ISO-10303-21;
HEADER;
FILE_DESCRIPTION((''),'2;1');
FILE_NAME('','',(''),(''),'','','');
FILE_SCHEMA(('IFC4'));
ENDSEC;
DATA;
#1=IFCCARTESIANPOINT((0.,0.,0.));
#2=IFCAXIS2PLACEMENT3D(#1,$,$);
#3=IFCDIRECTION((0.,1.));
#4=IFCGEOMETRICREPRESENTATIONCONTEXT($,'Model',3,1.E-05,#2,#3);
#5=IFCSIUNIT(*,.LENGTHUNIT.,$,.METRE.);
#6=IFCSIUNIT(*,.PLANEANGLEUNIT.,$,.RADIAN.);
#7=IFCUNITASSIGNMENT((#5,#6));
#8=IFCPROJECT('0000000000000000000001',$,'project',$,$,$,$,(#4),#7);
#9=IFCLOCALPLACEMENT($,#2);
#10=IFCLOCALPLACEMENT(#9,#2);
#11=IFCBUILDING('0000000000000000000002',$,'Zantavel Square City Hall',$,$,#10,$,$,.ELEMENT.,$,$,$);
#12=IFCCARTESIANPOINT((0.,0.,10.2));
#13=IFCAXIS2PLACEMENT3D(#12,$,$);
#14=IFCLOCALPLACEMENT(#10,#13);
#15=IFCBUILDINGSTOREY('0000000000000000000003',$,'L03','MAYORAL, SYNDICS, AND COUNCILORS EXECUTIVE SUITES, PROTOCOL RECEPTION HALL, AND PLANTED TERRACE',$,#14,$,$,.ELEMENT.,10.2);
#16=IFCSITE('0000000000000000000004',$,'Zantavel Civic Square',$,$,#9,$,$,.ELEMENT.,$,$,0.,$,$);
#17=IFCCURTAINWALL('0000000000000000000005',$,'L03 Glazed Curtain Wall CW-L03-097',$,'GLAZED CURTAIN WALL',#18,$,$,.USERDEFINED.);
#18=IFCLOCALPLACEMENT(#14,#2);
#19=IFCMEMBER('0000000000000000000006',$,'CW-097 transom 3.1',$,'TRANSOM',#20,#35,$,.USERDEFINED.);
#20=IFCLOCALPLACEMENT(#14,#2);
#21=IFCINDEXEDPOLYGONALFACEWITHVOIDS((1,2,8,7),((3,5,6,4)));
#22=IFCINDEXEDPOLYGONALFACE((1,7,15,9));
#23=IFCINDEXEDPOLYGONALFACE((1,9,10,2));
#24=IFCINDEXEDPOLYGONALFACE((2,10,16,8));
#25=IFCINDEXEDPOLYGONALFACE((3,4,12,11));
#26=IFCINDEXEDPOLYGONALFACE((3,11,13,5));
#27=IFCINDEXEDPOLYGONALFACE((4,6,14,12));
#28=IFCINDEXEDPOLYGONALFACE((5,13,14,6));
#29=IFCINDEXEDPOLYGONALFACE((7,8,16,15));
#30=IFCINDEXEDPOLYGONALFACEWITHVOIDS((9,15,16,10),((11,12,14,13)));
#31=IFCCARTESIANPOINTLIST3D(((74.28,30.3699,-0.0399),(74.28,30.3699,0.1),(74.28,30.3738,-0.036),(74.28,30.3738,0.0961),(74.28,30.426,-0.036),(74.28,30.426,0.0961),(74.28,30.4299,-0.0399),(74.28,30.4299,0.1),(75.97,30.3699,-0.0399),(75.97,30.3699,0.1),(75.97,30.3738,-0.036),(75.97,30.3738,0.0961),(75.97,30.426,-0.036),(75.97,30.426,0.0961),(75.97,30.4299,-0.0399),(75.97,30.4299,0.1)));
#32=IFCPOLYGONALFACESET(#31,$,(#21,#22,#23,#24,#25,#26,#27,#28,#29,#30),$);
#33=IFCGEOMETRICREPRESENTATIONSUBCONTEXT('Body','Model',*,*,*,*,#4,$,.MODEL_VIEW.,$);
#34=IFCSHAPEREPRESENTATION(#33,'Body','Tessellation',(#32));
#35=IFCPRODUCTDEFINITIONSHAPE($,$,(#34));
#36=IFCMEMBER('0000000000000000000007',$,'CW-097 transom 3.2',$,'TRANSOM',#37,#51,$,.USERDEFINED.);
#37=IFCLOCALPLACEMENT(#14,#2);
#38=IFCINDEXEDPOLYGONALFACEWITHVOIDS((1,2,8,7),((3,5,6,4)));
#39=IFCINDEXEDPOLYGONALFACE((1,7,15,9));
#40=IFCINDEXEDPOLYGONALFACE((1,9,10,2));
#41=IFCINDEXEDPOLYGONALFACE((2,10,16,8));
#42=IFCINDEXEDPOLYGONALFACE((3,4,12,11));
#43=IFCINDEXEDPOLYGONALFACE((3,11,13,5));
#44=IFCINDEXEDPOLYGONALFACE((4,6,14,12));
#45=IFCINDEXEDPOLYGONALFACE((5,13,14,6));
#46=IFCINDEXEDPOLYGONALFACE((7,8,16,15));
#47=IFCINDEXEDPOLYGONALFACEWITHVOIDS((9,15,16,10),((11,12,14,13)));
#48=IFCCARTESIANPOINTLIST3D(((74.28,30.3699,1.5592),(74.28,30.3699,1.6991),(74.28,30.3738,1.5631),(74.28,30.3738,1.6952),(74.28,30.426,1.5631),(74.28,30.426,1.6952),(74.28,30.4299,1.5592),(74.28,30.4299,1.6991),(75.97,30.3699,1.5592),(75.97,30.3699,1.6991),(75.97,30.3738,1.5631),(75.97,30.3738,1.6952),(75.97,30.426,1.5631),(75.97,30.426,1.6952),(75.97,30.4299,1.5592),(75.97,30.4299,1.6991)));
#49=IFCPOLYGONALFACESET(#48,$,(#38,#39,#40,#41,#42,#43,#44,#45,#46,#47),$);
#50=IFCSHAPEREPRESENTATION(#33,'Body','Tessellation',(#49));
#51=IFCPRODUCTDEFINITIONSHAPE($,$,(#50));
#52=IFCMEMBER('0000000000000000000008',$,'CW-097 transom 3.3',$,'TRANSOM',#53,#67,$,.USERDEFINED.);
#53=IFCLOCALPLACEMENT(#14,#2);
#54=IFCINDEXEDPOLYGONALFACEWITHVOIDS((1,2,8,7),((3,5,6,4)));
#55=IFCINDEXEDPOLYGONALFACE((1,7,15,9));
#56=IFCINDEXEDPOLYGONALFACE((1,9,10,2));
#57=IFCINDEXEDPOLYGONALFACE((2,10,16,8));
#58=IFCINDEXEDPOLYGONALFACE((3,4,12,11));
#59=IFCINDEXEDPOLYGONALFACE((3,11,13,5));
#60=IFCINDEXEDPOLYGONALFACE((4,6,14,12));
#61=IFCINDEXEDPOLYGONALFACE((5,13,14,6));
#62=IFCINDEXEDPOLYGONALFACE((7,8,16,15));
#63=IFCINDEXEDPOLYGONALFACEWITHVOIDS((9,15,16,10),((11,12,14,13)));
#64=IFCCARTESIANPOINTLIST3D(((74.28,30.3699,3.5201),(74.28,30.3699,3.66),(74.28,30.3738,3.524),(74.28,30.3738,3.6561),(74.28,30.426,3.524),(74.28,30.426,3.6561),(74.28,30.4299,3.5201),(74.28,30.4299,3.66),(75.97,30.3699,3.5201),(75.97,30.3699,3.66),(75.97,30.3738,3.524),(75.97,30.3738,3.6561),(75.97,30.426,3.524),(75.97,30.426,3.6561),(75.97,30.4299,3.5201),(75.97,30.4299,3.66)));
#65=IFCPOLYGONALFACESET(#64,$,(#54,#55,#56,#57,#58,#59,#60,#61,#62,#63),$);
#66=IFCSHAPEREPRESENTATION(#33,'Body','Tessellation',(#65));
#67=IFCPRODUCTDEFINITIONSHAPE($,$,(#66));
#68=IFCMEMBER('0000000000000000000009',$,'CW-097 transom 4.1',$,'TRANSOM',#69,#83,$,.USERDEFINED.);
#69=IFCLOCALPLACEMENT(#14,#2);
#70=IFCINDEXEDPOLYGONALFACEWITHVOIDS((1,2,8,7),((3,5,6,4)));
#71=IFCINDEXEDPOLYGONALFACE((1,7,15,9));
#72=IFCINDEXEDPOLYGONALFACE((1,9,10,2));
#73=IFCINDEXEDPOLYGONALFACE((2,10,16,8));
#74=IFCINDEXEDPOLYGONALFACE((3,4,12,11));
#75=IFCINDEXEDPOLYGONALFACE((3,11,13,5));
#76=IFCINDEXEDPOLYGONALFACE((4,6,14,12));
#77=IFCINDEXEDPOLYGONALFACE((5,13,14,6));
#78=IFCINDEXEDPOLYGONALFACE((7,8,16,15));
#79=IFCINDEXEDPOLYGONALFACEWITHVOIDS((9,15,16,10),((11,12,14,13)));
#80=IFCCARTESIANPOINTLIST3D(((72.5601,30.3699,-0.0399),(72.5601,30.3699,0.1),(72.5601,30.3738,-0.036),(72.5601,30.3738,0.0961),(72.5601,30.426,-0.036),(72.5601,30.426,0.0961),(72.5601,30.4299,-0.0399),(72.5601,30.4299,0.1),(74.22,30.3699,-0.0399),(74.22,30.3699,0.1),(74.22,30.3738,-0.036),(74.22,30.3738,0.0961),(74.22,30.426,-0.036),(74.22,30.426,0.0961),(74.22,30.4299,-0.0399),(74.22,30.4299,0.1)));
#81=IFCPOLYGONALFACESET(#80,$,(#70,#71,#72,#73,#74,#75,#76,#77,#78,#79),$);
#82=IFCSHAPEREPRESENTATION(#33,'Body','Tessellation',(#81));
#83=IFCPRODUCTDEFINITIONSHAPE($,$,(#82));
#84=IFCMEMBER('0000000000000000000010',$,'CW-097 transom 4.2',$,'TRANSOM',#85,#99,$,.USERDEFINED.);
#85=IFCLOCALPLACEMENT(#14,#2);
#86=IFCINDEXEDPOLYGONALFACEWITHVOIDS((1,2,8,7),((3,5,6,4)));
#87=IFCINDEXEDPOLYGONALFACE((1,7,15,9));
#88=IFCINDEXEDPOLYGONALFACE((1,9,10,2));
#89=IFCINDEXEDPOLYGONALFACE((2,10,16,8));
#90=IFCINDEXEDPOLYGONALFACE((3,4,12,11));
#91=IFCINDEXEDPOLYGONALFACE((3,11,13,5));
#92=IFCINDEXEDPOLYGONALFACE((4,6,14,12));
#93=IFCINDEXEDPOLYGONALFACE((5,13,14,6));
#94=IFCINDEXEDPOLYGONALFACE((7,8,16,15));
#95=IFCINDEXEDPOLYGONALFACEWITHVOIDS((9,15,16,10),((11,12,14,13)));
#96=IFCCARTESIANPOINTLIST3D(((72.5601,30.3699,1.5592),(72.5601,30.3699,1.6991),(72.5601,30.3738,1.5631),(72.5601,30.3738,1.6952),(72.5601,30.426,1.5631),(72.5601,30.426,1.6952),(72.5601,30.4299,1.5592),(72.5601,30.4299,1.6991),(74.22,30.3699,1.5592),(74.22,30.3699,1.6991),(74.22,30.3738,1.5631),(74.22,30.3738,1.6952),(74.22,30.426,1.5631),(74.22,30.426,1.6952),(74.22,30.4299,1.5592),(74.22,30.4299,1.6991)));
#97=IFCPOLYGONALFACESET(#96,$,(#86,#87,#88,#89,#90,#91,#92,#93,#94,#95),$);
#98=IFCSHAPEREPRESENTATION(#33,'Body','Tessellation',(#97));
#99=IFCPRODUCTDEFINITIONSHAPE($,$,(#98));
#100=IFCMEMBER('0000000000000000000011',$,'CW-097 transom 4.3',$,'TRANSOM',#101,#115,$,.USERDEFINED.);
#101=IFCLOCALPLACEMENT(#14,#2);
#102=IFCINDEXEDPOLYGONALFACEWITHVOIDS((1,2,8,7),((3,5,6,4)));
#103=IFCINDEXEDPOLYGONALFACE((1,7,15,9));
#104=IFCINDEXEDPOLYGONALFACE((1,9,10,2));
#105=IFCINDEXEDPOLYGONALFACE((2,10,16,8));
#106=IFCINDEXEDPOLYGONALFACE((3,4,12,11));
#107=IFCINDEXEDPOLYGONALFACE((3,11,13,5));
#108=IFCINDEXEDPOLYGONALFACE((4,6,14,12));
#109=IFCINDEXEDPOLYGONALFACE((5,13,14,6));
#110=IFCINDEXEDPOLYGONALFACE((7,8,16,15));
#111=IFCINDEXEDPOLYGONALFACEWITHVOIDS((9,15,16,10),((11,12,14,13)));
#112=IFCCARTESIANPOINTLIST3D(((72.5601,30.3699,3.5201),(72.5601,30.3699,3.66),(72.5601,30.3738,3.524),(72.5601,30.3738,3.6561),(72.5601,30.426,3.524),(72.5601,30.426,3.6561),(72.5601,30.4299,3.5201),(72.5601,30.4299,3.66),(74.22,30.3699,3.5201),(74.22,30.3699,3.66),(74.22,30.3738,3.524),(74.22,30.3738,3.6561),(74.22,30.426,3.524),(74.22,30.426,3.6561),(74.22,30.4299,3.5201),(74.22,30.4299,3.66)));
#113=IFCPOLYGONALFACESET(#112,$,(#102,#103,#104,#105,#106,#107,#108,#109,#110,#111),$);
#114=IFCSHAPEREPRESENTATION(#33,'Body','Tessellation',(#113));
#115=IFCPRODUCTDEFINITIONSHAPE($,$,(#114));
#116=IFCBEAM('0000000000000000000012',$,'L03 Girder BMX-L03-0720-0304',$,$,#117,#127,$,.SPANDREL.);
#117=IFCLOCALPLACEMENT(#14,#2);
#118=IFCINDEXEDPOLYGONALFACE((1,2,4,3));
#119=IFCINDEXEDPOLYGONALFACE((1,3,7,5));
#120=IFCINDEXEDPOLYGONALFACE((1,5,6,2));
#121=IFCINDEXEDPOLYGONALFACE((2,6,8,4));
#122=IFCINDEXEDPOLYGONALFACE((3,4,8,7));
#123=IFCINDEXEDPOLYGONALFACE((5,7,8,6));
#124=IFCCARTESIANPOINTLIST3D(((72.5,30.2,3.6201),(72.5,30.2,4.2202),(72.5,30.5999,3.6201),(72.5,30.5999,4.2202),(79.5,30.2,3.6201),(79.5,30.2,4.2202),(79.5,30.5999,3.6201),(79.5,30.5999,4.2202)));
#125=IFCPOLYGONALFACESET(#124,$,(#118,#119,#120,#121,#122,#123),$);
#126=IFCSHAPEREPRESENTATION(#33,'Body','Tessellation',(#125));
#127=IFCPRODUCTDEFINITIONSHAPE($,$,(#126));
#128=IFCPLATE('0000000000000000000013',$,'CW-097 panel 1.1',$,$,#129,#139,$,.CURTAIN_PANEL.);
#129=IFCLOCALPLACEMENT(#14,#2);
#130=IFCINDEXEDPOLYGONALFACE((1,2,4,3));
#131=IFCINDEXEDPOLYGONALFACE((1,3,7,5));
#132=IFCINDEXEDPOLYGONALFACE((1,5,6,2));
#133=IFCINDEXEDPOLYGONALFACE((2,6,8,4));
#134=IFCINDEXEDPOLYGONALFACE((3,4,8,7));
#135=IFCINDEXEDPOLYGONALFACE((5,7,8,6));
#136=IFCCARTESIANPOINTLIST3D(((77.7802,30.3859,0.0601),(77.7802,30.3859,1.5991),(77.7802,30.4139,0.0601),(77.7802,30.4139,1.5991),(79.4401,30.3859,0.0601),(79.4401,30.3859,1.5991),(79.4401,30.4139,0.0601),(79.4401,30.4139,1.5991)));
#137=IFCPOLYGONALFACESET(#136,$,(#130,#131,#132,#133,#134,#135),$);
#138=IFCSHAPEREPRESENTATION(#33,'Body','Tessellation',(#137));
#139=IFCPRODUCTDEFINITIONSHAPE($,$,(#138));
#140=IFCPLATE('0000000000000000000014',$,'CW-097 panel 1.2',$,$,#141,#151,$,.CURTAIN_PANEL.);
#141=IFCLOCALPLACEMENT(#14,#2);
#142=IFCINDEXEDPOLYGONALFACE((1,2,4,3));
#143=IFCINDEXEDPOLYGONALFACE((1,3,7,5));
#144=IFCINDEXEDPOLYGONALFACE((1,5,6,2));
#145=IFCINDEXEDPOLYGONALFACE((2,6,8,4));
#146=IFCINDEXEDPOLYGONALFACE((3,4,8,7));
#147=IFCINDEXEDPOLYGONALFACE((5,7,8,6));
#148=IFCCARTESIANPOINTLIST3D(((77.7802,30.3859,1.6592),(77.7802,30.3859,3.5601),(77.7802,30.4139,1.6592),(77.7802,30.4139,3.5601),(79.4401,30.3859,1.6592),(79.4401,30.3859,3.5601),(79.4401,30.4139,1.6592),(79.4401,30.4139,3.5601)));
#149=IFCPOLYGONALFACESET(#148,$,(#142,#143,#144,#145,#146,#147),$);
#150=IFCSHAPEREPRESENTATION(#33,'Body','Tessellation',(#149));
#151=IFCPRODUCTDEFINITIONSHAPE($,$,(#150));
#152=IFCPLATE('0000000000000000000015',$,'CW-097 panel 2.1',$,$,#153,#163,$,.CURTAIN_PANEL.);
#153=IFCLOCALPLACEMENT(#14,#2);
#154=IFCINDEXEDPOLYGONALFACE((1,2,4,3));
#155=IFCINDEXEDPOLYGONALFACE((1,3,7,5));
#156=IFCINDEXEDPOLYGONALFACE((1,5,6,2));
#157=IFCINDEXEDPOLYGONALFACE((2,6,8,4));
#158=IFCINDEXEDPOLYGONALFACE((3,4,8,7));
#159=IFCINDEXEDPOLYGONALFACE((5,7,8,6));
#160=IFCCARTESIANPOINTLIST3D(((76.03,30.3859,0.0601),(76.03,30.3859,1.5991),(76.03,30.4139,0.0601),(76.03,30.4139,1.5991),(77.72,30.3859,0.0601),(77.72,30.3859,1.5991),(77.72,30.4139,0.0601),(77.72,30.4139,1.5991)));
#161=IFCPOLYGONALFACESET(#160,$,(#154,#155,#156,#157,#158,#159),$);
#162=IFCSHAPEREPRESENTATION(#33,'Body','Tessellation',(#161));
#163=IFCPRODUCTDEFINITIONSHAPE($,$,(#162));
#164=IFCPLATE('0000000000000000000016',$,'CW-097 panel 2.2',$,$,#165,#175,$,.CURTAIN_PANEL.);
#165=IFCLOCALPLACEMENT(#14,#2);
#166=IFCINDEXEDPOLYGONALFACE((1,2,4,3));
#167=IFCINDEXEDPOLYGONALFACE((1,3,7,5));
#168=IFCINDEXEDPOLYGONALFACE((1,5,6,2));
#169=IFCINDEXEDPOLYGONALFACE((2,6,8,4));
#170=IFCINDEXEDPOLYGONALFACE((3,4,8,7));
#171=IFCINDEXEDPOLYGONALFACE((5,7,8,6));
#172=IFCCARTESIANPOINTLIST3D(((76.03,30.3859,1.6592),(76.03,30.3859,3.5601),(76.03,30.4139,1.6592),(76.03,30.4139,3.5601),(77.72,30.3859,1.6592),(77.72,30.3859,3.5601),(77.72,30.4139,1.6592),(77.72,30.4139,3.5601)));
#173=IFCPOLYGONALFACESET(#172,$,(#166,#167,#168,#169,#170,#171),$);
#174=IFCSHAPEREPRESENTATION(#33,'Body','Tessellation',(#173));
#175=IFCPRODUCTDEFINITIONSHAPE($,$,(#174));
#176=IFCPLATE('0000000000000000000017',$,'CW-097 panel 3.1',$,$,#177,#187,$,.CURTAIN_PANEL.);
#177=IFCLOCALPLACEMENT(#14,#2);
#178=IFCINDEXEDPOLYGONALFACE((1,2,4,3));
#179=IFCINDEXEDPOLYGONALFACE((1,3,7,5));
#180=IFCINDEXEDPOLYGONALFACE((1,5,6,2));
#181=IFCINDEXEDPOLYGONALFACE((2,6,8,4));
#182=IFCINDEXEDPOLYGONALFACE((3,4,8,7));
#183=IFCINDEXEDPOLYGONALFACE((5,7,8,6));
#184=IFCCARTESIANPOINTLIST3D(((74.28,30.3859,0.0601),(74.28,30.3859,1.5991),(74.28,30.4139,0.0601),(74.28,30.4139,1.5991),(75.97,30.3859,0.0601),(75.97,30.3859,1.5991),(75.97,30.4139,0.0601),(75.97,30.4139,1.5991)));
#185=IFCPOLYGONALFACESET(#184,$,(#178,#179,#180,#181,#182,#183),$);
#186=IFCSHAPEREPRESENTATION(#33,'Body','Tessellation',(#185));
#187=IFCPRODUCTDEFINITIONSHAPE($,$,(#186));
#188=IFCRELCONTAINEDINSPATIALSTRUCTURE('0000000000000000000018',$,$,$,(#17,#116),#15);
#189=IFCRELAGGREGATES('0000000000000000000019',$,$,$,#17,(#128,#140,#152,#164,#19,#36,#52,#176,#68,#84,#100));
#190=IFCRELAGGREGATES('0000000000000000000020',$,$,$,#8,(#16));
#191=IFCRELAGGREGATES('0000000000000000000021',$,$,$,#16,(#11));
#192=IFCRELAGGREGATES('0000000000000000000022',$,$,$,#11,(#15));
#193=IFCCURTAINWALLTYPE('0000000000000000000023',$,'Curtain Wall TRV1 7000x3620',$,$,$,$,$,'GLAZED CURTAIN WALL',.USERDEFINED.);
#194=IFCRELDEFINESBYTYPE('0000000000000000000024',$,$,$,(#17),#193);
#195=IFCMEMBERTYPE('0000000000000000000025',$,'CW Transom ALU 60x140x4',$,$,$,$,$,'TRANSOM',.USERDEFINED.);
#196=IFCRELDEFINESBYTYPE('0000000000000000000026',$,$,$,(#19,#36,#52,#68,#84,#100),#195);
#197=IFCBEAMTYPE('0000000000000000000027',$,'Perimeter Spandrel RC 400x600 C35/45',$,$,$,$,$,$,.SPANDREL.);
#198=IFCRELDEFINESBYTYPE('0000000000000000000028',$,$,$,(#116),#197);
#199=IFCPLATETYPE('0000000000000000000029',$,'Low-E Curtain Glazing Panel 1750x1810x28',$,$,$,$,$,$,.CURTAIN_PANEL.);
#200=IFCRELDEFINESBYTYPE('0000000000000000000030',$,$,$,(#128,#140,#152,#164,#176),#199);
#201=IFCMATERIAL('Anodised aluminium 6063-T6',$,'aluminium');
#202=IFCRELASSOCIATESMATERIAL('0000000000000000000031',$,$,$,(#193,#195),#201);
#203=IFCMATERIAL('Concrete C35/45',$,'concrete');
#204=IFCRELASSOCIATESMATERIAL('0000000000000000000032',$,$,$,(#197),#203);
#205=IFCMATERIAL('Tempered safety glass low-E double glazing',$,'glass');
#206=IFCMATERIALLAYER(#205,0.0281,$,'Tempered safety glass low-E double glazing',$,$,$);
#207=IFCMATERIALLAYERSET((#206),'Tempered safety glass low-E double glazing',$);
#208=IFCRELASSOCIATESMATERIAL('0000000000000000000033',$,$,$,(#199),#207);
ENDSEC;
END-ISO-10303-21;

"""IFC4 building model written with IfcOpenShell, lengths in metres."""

from ifc_helpers import new_model, si_unit, direction, frame, origin, origin_2d, place, context, subcontext, project, spatial, rectangle, hollow_rectangle, extrude, material, layer, layer_set, material_profile, profile_set, type_object, element, aggregate, save


model = new_model("IFC4")

# Units and contexts
model_context = context("Model", 3, precision=1e-05, world=origin(), true_north=direction((0.0, 1.0)))
body_context = subcontext(model_context, "Body", "Model", "MODEL_VIEW")
ifc_project = project(units=[si_unit("LENGTHUNIT", "METRE"), si_unit("PLANEANGLEUNIT", "RADIAN")], contexts=[model_context])

# Site, building, storey
site_placement = place(None, origin())
site = spatial("IfcSite", under=ifc_project, at=site_placement, Name="Zantavel Civic Square", CompositionType="ELEMENT", RefElevation=0.0)
building_placement = place(site_placement, origin())
building = spatial("IfcBuilding", under=site, at=building_placement, Name="Zantavel Square City Hall", CompositionType="ELEMENT")
storey_placement = place(building_placement, frame((0.0, 0.0, 10.2)))
storey = spatial("IfcBuildingStorey", under=building, at=storey_placement, Name="L03", Description="MAYORAL, SYNDICS, AND COUNCILORS EXECUTIVE SUITES, PROTOCOL RECEPTION HALL, AND PLANTED TERRACE", CompositionType="ELEMENT", Elevation=10.2)

# Curtain wall, members
ifc_material_1 = material(Name="Anodised aluminium 6063-T6", Category="aluminium")
curtain_wall_type = type_object("IfcCurtainWallType", Name="Curtain Wall TRV1 7000x3620", ElementType="GLAZED CURTAIN WALL", PredefinedType="USERDEFINED", material=ifc_material_1)
curtain_wall_placement = place(storey_placement, origin())
curtain_wall = element("IfcCurtainWall", 1, at=curtain_wall_placement, inside=storey, type_object=curtain_wall_type, Name="L03 Glazed Curtain Wall CW-L03-097", ObjectType="GLAZED CURTAIN WALL", PredefinedType="USERDEFINED")
ifc_material_profile_1 = material_profile(ifc_material_1, hollow_rectangle(XDim=0.0601, YDim=0.1399, WallThickness=0.0039, at=origin_2d()), Name="ALU 60x140x4")
ifc_profile_set_1 = profile_set([ifc_material_profile_1], Name="Anodised aluminium 6063-T6")
member_type_1 = type_object("IfcMemberType", Name="CW Transom ALU 60x140x4", ElementType="TRANSOM", PredefinedType="USERDEFINED", material=ifc_profile_set_1)
member_1_placement = place(storey_placement, frame((75.97, 30.3999, 0.03), z_axis=(-1.0, 0.0, 0.0), x_axis=(0.0, -1.0, 0.0)))
member_1 = element("IfcMember", 2, at=member_1_placement, type_object=member_type_1, Name="CW-097 transom 3.1", ObjectType="TRANSOM", PredefinedType="USERDEFINED", context=body_context, shape_type="SweptSolid", body=[
    extrude(hollow_rectangle(XDim=0.0601, YDim=0.1399, WallThickness=0.0039, at=origin_2d()), origin(), (0.0, 0.0, 1.0), 1.6899),
])
member_2_placement = place(storey_placement, frame((75.97, 30.3999, 1.6292), z_axis=(-1.0, 0.0, 0.0), x_axis=(0.0, -1.0, 0.0)))
member_2 = element("IfcMember", 3, at=member_2_placement, type_object=member_type_1, Name="CW-097 transom 3.2", ObjectType="TRANSOM", PredefinedType="USERDEFINED", context=body_context, shape_type="SweptSolid", body=[
    extrude(hollow_rectangle(XDim=0.0601, YDim=0.1399, WallThickness=0.0039, at=origin_2d()), origin(), (0.0, 0.0, 1.0), 1.6899),
])
member_3_placement = place(storey_placement, frame((75.97, 30.3999, 3.5901), z_axis=(-1.0, 0.0, 0.0), x_axis=(0.0, -1.0, 0.0)))
member_3 = element("IfcMember", 4, at=member_3_placement, type_object=member_type_1, Name="CW-097 transom 3.3", ObjectType="TRANSOM", PredefinedType="USERDEFINED", context=body_context, shape_type="SweptSolid", body=[
    extrude(hollow_rectangle(XDim=0.0601, YDim=0.1399, WallThickness=0.0039, at=origin_2d()), origin(), (0.0, 0.0, 1.0), 1.6899),
])
member_4_placement = place(storey_placement, frame((74.22, 30.3999, 0.03), z_axis=(-1.0, 0.0, 0.0), x_axis=(0.0, -1.0, 0.0)))
member_4 = element("IfcMember", 5, at=member_4_placement, type_object=member_type_1, Name="CW-097 transom 4.1", ObjectType="TRANSOM", PredefinedType="USERDEFINED", context=body_context, shape_type="SweptSolid", body=[
    extrude(hollow_rectangle(XDim=0.0601, YDim=0.1399, WallThickness=0.0039, at=origin_2d()), origin(), (0.0, 0.0, 1.0), 1.6599),
])
member_5_placement = place(storey_placement, frame((74.22, 30.3999, 1.6292), z_axis=(-1.0, 0.0, 0.0), x_axis=(0.0, -1.0, 0.0)))
member_5 = element("IfcMember", 6, at=member_5_placement, type_object=member_type_1, Name="CW-097 transom 4.2", ObjectType="TRANSOM", PredefinedType="USERDEFINED", context=body_context, shape_type="SweptSolid", body=[
    extrude(hollow_rectangle(XDim=0.0601, YDim=0.1399, WallThickness=0.0039, at=origin_2d()), origin(), (0.0, 0.0, 1.0), 1.6599),
])
member_6_placement = place(storey_placement, frame((74.22, 30.3999, 3.5901), z_axis=(-1.0, 0.0, 0.0), x_axis=(0.0, -1.0, 0.0)))
member_6 = element("IfcMember", 7, at=member_6_placement, type_object=member_type_1, Name="CW-097 transom 4.3", ObjectType="TRANSOM", PredefinedType="USERDEFINED", context=body_context, shape_type="SweptSolid", body=[
    extrude(hollow_rectangle(XDim=0.0601, YDim=0.1399, WallThickness=0.0039, at=origin_2d()), origin(), (0.0, 0.0, 1.0), 1.6599),
])

# Beam
ifc_material_2 = material(Name="Concrete C35/45", Category="concrete")
ifc_material_profile_2 = material_profile(ifc_material_2, rectangle(XDim=0.3999, YDim=0.6001, at=origin_2d()), Name="RC 400x600")
ifc_profile_set_2 = profile_set([ifc_material_profile_2], Name="Concrete C35/45")
beam_type = type_object("IfcBeamType", Name="Perimeter Spandrel RC 400x600 C35/45", PredefinedType="SPANDREL", material=ifc_profile_set_2)
beam_placement = place(storey_placement, frame((72.5, 30.3999, 3.9202), z_axis=(1.0, 0.0, 0.0), x_axis=(0.0, 1.0, 0.0)))
element("IfcBeam", 8, at=beam_placement, inside=storey, type_object=beam_type, Name="L03 Girder BMX-L03-0720-0304", PredefinedType="SPANDREL", context=body_context, shape_type="SweptSolid", body=[
    extrude(rectangle(XDim=0.3999, YDim=0.6001, at=origin_2d()), origin(), (0.0, 0.0, 1.0), 7.0),
])

# Plates
ifc_material_3 = material(Name="Tempered safety glass low-E double glazing", Category="glass")
ifc_layer = layer(ifc_material_3, 0.0281, Name="Tempered safety glass low-E double glazing")
ifc_layer_set = layer_set([ifc_layer], Name="Tempered safety glass low-E double glazing")
plate_type = type_object("IfcPlateType", Name="Low-E Curtain Glazing Panel 1750x1810x28", PredefinedType="CURTAIN_PANEL", material=ifc_layer_set)
plate_1_placement = place(storey_placement, frame((78.6101, 30.3999, 0.0601), z_axis=(0.0, 0.0, 1.0), x_axis=(-1.0, 0.0, 0.0)))
plate_1 = element("IfcPlate", 9, at=plate_1_placement, type_object=plate_type, Name="CW-097 panel 1.1", PredefinedType="CURTAIN_PANEL", context=body_context, shape_type="SweptSolid", body=[
    extrude(rectangle(XDim=1.6599, YDim=0.0281, at=origin_2d()), origin(), (0.0, 0.0, 1.0), 1.5391),
])
plate_2_placement = place(storey_placement, frame((78.6101, 30.3999, 1.6592), z_axis=(0.0, 0.0, 1.0), x_axis=(-1.0, 0.0, 0.0)))
plate_2 = element("IfcPlate", 10, at=plate_2_placement, type_object=plate_type, Name="CW-097 panel 1.2", PredefinedType="CURTAIN_PANEL", context=body_context, shape_type="SweptSolid", body=[
    extrude(rectangle(XDim=1.6599, YDim=0.0281, at=origin_2d()), origin(), (0.0, 0.0, 1.0), 1.9009),
])
plate_3_placement = place(storey_placement, frame((76.875, 30.3999, 0.0601), z_axis=(0.0, 0.0, 1.0), x_axis=(-1.0, 0.0, 0.0)))
plate_3 = element("IfcPlate", 11, at=plate_3_placement, type_object=plate_type, Name="CW-097 panel 2.1", PredefinedType="CURTAIN_PANEL", context=body_context, shape_type="SweptSolid", body=[
    extrude(rectangle(XDim=1.6899, YDim=0.0281, at=origin_2d()), origin(), (0.0, 0.0, 1.0), 1.5391),
])
plate_4_placement = place(storey_placement, frame((76.875, 30.3999, 1.6592), z_axis=(0.0, 0.0, 1.0), x_axis=(-1.0, 0.0, 0.0)))
plate_4 = element("IfcPlate", 12, at=plate_4_placement, type_object=plate_type, Name="CW-097 panel 2.2", PredefinedType="CURTAIN_PANEL", context=body_context, shape_type="SweptSolid", body=[
    extrude(rectangle(XDim=1.6899, YDim=0.0281, at=origin_2d()), origin(), (0.0, 0.0, 1.0), 1.9009),
])
plate_5_placement = place(storey_placement, frame((75.125, 30.3999, 0.0601), z_axis=(0.0, 0.0, 1.0), x_axis=(-1.0, 0.0, 0.0)))
plate_5 = element("IfcPlate", 13, at=plate_5_placement, type_object=plate_type, Name="CW-097 panel 3.1", PredefinedType="CURTAIN_PANEL", context=body_context, shape_type="SweptSolid", body=[
    extrude(rectangle(XDim=1.6899, YDim=0.0281, at=origin_2d()), origin(), (0.0, 0.0, 1.0), 1.5391),
])
aggregate(curtain_wall, [plate_1, plate_2, plate_3, plate_4, member_1, member_2, member_3, plate_5, member_4, member_5, member_6])

save(model, "model.ifc")
